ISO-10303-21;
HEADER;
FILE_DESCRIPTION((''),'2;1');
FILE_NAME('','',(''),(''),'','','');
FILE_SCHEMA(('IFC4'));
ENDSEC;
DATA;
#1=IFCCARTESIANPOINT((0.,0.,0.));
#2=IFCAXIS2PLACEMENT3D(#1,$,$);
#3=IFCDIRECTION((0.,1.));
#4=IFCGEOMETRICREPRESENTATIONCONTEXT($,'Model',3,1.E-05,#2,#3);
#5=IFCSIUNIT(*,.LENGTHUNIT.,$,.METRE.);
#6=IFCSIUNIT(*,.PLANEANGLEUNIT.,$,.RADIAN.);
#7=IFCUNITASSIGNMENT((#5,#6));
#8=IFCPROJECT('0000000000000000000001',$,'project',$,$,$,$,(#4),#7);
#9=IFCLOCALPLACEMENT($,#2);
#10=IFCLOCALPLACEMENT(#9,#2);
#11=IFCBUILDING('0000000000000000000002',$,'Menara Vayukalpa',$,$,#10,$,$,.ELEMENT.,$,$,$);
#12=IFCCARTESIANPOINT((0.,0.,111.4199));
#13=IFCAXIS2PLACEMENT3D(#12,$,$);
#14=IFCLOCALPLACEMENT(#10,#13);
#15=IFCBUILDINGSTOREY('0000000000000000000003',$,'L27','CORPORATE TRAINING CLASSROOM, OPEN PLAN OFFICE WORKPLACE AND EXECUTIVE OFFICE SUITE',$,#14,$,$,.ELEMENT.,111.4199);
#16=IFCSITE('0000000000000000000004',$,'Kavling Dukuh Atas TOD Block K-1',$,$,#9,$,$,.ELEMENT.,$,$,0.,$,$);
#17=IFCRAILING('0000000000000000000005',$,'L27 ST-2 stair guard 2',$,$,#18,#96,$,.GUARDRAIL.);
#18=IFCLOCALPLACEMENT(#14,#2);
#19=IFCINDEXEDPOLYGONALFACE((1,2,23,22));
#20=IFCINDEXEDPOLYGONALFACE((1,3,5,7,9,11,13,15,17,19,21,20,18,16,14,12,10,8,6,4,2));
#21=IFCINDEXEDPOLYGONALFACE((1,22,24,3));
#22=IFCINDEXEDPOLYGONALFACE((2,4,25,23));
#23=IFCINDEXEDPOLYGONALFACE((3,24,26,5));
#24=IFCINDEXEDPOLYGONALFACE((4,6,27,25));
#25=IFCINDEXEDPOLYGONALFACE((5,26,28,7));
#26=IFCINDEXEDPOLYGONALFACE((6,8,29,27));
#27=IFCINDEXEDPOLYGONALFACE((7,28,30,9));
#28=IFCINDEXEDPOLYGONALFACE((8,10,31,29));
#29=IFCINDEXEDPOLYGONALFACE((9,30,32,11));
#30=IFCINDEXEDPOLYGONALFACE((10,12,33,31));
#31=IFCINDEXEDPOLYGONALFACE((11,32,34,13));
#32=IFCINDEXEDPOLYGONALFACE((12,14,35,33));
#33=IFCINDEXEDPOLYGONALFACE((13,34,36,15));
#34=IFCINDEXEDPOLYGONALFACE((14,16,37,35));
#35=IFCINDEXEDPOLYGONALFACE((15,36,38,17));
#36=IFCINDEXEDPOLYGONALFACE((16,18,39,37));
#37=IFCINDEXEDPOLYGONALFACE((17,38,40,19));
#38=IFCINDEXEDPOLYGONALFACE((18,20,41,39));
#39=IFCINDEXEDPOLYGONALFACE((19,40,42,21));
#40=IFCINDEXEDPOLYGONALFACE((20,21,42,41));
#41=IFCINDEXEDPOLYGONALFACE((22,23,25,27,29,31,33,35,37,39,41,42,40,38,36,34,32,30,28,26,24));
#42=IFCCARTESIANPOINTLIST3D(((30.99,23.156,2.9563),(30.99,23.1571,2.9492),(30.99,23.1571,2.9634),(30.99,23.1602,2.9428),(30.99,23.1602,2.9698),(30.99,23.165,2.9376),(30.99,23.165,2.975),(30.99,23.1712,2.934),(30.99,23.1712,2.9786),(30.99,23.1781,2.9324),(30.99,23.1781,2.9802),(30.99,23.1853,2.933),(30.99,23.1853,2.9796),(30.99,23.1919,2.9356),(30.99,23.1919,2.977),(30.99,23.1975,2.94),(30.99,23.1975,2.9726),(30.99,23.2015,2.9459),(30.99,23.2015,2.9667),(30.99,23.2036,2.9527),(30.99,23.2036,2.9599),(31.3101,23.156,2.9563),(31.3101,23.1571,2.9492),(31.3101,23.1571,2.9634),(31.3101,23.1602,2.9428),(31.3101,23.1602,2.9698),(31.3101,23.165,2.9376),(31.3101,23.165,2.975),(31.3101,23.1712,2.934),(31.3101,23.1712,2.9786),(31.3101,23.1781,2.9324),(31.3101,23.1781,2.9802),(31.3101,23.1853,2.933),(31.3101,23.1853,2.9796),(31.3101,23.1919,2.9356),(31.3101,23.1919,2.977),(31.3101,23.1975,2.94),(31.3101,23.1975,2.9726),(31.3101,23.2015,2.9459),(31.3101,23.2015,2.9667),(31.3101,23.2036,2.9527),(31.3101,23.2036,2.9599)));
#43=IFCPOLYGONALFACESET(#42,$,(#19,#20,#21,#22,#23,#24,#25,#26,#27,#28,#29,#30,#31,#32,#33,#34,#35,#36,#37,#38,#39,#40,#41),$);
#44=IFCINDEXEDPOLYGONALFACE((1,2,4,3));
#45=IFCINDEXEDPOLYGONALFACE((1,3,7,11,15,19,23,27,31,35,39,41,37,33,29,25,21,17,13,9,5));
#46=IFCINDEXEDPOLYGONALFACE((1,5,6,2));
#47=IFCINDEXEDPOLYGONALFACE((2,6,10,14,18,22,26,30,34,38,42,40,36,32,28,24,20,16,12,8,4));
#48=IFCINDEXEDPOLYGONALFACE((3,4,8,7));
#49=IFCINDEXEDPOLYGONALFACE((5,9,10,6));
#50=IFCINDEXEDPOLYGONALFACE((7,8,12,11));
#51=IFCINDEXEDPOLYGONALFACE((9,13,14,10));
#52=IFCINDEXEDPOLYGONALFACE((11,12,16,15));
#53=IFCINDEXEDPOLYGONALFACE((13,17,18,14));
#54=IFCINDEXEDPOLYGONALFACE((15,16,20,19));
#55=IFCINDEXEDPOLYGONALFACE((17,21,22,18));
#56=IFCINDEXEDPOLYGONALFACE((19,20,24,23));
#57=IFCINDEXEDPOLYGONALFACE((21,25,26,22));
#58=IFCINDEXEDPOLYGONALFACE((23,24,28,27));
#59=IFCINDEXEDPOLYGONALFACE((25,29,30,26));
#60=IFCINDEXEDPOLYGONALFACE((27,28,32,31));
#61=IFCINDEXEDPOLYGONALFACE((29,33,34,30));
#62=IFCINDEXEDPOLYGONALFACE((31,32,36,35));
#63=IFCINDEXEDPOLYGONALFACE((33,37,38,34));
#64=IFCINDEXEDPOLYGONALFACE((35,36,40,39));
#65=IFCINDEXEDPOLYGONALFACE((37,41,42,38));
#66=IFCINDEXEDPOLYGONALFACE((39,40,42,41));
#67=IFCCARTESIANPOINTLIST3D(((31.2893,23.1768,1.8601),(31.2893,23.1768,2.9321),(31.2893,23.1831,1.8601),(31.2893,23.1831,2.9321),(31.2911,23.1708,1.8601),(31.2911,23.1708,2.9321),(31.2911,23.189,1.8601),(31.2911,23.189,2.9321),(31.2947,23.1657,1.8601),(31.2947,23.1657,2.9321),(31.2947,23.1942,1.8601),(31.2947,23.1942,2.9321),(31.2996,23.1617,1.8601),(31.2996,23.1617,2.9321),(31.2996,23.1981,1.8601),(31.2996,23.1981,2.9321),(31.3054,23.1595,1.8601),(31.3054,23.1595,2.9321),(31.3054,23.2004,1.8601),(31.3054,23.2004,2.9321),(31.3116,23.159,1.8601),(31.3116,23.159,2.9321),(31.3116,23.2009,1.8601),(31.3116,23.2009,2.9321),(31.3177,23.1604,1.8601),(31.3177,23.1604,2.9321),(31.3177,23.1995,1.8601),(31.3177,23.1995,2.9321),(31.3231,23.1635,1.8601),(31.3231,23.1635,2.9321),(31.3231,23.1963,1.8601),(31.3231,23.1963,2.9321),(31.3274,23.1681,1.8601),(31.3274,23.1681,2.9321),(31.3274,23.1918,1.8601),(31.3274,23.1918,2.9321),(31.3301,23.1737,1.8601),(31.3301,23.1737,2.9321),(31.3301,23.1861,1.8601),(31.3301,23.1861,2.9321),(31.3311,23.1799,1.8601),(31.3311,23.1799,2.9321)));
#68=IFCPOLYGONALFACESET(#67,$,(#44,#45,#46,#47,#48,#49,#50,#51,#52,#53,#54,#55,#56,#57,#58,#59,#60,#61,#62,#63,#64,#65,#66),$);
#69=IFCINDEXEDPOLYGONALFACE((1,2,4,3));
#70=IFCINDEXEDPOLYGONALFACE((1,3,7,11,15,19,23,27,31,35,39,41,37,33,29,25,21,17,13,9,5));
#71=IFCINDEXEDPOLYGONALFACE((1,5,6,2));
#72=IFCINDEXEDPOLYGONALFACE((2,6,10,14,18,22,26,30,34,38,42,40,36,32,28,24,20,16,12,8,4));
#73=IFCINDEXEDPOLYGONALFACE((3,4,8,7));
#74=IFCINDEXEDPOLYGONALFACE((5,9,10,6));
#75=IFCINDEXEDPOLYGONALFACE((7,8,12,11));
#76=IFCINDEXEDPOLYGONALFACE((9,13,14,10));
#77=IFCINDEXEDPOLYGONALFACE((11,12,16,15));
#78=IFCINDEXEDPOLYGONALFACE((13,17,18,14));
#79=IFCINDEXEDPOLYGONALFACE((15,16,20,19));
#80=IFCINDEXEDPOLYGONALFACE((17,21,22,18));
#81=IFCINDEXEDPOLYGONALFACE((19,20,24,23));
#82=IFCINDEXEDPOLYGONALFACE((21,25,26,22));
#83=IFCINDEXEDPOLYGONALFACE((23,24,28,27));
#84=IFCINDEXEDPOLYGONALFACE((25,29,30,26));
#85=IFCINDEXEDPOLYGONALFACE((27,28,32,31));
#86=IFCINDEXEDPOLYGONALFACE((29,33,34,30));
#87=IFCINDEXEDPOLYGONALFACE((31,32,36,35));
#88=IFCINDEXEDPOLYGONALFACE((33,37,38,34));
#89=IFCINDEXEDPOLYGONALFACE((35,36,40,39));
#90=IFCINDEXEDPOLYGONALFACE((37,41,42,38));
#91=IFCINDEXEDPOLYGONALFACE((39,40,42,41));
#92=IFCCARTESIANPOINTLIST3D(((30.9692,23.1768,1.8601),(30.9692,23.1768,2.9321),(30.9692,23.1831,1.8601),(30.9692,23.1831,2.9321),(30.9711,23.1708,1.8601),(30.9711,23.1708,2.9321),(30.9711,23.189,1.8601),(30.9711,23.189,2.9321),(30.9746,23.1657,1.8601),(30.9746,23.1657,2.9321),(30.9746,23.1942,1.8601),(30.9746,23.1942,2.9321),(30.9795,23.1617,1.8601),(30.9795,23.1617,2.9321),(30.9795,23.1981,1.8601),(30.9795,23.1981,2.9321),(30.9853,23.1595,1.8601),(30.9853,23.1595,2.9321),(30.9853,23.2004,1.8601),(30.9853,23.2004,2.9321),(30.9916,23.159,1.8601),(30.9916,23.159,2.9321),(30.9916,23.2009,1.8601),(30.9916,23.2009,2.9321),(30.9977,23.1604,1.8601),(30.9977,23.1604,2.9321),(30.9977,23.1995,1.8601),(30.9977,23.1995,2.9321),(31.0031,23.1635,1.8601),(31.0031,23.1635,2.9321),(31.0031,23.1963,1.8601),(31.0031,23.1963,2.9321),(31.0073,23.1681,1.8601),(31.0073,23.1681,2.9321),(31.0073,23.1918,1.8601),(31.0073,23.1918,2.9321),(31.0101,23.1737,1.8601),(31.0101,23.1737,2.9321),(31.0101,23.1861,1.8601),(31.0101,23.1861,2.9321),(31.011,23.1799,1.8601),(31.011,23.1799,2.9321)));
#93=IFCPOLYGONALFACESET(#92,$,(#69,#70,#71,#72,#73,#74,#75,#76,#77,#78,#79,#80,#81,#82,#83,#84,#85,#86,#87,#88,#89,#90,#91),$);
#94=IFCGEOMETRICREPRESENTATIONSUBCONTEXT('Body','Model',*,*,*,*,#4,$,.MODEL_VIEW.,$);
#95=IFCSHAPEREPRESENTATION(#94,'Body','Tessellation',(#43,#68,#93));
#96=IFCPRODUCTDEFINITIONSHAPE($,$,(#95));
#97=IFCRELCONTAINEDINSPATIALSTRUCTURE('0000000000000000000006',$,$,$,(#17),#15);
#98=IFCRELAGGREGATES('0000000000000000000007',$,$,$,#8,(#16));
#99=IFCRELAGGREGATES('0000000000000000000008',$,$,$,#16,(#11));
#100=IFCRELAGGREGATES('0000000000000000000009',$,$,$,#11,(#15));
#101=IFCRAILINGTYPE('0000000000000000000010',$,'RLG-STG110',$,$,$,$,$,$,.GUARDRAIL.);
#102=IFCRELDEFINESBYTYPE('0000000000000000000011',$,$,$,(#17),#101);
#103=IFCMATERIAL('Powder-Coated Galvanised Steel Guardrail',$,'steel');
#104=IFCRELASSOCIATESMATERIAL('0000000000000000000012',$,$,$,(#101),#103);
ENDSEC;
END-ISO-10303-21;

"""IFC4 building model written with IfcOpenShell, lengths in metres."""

from ifc_helpers import new_model, si_unit, direction, frame, origin, origin_2d, place, context, subcontext, project, spatial, circle, extrude, material, type_object, element, save


model = new_model("IFC4")

# Units and contexts
model_context = context("Model", 3, precision=1e-05, world=origin(), true_north=direction((0.0, 1.0)))
body_context = subcontext(model_context, "Body", "Model", "MODEL_VIEW")
ifc_project = project(units=[si_unit("LENGTHUNIT", "METRE"), si_unit("PLANEANGLEUNIT", "RADIAN")], contexts=[model_context])

# Site, building, storey
site_placement = place(None, origin())
site = spatial("IfcSite", under=ifc_project, at=site_placement, Name="Kavling Dukuh Atas TOD Block K-1", CompositionType="ELEMENT", RefElevation=0.0)
building_placement = place(site_placement, origin())
building = spatial("IfcBuilding", under=site, at=building_placement, Name="Menara Vayukalpa", CompositionType="ELEMENT")
storey_placement = place(building_placement, frame((0.0, 0.0, 111.4199)))
storey = spatial("IfcBuildingStorey", under=building, at=storey_placement, Name="L27", Description="CORPORATE TRAINING CLASSROOM, OPEN PLAN OFFICE WORKPLACE AND EXECUTIVE OFFICE SUITE", CompositionType="ELEMENT", Elevation=111.4199)

# Railing
ifc_material_1 = material(Name="Powder-Coated Galvanised Steel Guardrail", Category="steel")
railing_type_1 = type_object("IfcRailingType", Name="RLG-STG110", PredefinedType="GUARDRAIL", material=ifc_material_1)
railing_1_placement = place(storey_placement, frame((31.3101, 23.1799, 1.8601)))
element("IfcRailing", 1, at=railing_1_placement, inside=storey, type_object=railing_type_1, Name="L27 ST-2 stair guard 2", PredefinedType="GUARDRAIL", context=body_context, shape_type="SweptSolid", body=[
    extrude(circle(Radius=0.0239, at=origin_2d()), frame((0.0, 0.0, 1.0962), z_axis=(-1.0, 0.0, 0.0), x_axis=(0.0, -1.0, 0.0)), (0.0, 0.0, 1.0), 0.3201),
    extrude(circle(Radius=0.021, at=origin_2d()), origin(), (0.0, 0.0, 1.0), 1.072),
    extrude(circle(Radius=0.021, at=origin_2d()), frame((-0.3201, 0.0, 0.0)), (0.0, 0.0, 1.0), 1.072),
])

save(model, "model.ifc")
